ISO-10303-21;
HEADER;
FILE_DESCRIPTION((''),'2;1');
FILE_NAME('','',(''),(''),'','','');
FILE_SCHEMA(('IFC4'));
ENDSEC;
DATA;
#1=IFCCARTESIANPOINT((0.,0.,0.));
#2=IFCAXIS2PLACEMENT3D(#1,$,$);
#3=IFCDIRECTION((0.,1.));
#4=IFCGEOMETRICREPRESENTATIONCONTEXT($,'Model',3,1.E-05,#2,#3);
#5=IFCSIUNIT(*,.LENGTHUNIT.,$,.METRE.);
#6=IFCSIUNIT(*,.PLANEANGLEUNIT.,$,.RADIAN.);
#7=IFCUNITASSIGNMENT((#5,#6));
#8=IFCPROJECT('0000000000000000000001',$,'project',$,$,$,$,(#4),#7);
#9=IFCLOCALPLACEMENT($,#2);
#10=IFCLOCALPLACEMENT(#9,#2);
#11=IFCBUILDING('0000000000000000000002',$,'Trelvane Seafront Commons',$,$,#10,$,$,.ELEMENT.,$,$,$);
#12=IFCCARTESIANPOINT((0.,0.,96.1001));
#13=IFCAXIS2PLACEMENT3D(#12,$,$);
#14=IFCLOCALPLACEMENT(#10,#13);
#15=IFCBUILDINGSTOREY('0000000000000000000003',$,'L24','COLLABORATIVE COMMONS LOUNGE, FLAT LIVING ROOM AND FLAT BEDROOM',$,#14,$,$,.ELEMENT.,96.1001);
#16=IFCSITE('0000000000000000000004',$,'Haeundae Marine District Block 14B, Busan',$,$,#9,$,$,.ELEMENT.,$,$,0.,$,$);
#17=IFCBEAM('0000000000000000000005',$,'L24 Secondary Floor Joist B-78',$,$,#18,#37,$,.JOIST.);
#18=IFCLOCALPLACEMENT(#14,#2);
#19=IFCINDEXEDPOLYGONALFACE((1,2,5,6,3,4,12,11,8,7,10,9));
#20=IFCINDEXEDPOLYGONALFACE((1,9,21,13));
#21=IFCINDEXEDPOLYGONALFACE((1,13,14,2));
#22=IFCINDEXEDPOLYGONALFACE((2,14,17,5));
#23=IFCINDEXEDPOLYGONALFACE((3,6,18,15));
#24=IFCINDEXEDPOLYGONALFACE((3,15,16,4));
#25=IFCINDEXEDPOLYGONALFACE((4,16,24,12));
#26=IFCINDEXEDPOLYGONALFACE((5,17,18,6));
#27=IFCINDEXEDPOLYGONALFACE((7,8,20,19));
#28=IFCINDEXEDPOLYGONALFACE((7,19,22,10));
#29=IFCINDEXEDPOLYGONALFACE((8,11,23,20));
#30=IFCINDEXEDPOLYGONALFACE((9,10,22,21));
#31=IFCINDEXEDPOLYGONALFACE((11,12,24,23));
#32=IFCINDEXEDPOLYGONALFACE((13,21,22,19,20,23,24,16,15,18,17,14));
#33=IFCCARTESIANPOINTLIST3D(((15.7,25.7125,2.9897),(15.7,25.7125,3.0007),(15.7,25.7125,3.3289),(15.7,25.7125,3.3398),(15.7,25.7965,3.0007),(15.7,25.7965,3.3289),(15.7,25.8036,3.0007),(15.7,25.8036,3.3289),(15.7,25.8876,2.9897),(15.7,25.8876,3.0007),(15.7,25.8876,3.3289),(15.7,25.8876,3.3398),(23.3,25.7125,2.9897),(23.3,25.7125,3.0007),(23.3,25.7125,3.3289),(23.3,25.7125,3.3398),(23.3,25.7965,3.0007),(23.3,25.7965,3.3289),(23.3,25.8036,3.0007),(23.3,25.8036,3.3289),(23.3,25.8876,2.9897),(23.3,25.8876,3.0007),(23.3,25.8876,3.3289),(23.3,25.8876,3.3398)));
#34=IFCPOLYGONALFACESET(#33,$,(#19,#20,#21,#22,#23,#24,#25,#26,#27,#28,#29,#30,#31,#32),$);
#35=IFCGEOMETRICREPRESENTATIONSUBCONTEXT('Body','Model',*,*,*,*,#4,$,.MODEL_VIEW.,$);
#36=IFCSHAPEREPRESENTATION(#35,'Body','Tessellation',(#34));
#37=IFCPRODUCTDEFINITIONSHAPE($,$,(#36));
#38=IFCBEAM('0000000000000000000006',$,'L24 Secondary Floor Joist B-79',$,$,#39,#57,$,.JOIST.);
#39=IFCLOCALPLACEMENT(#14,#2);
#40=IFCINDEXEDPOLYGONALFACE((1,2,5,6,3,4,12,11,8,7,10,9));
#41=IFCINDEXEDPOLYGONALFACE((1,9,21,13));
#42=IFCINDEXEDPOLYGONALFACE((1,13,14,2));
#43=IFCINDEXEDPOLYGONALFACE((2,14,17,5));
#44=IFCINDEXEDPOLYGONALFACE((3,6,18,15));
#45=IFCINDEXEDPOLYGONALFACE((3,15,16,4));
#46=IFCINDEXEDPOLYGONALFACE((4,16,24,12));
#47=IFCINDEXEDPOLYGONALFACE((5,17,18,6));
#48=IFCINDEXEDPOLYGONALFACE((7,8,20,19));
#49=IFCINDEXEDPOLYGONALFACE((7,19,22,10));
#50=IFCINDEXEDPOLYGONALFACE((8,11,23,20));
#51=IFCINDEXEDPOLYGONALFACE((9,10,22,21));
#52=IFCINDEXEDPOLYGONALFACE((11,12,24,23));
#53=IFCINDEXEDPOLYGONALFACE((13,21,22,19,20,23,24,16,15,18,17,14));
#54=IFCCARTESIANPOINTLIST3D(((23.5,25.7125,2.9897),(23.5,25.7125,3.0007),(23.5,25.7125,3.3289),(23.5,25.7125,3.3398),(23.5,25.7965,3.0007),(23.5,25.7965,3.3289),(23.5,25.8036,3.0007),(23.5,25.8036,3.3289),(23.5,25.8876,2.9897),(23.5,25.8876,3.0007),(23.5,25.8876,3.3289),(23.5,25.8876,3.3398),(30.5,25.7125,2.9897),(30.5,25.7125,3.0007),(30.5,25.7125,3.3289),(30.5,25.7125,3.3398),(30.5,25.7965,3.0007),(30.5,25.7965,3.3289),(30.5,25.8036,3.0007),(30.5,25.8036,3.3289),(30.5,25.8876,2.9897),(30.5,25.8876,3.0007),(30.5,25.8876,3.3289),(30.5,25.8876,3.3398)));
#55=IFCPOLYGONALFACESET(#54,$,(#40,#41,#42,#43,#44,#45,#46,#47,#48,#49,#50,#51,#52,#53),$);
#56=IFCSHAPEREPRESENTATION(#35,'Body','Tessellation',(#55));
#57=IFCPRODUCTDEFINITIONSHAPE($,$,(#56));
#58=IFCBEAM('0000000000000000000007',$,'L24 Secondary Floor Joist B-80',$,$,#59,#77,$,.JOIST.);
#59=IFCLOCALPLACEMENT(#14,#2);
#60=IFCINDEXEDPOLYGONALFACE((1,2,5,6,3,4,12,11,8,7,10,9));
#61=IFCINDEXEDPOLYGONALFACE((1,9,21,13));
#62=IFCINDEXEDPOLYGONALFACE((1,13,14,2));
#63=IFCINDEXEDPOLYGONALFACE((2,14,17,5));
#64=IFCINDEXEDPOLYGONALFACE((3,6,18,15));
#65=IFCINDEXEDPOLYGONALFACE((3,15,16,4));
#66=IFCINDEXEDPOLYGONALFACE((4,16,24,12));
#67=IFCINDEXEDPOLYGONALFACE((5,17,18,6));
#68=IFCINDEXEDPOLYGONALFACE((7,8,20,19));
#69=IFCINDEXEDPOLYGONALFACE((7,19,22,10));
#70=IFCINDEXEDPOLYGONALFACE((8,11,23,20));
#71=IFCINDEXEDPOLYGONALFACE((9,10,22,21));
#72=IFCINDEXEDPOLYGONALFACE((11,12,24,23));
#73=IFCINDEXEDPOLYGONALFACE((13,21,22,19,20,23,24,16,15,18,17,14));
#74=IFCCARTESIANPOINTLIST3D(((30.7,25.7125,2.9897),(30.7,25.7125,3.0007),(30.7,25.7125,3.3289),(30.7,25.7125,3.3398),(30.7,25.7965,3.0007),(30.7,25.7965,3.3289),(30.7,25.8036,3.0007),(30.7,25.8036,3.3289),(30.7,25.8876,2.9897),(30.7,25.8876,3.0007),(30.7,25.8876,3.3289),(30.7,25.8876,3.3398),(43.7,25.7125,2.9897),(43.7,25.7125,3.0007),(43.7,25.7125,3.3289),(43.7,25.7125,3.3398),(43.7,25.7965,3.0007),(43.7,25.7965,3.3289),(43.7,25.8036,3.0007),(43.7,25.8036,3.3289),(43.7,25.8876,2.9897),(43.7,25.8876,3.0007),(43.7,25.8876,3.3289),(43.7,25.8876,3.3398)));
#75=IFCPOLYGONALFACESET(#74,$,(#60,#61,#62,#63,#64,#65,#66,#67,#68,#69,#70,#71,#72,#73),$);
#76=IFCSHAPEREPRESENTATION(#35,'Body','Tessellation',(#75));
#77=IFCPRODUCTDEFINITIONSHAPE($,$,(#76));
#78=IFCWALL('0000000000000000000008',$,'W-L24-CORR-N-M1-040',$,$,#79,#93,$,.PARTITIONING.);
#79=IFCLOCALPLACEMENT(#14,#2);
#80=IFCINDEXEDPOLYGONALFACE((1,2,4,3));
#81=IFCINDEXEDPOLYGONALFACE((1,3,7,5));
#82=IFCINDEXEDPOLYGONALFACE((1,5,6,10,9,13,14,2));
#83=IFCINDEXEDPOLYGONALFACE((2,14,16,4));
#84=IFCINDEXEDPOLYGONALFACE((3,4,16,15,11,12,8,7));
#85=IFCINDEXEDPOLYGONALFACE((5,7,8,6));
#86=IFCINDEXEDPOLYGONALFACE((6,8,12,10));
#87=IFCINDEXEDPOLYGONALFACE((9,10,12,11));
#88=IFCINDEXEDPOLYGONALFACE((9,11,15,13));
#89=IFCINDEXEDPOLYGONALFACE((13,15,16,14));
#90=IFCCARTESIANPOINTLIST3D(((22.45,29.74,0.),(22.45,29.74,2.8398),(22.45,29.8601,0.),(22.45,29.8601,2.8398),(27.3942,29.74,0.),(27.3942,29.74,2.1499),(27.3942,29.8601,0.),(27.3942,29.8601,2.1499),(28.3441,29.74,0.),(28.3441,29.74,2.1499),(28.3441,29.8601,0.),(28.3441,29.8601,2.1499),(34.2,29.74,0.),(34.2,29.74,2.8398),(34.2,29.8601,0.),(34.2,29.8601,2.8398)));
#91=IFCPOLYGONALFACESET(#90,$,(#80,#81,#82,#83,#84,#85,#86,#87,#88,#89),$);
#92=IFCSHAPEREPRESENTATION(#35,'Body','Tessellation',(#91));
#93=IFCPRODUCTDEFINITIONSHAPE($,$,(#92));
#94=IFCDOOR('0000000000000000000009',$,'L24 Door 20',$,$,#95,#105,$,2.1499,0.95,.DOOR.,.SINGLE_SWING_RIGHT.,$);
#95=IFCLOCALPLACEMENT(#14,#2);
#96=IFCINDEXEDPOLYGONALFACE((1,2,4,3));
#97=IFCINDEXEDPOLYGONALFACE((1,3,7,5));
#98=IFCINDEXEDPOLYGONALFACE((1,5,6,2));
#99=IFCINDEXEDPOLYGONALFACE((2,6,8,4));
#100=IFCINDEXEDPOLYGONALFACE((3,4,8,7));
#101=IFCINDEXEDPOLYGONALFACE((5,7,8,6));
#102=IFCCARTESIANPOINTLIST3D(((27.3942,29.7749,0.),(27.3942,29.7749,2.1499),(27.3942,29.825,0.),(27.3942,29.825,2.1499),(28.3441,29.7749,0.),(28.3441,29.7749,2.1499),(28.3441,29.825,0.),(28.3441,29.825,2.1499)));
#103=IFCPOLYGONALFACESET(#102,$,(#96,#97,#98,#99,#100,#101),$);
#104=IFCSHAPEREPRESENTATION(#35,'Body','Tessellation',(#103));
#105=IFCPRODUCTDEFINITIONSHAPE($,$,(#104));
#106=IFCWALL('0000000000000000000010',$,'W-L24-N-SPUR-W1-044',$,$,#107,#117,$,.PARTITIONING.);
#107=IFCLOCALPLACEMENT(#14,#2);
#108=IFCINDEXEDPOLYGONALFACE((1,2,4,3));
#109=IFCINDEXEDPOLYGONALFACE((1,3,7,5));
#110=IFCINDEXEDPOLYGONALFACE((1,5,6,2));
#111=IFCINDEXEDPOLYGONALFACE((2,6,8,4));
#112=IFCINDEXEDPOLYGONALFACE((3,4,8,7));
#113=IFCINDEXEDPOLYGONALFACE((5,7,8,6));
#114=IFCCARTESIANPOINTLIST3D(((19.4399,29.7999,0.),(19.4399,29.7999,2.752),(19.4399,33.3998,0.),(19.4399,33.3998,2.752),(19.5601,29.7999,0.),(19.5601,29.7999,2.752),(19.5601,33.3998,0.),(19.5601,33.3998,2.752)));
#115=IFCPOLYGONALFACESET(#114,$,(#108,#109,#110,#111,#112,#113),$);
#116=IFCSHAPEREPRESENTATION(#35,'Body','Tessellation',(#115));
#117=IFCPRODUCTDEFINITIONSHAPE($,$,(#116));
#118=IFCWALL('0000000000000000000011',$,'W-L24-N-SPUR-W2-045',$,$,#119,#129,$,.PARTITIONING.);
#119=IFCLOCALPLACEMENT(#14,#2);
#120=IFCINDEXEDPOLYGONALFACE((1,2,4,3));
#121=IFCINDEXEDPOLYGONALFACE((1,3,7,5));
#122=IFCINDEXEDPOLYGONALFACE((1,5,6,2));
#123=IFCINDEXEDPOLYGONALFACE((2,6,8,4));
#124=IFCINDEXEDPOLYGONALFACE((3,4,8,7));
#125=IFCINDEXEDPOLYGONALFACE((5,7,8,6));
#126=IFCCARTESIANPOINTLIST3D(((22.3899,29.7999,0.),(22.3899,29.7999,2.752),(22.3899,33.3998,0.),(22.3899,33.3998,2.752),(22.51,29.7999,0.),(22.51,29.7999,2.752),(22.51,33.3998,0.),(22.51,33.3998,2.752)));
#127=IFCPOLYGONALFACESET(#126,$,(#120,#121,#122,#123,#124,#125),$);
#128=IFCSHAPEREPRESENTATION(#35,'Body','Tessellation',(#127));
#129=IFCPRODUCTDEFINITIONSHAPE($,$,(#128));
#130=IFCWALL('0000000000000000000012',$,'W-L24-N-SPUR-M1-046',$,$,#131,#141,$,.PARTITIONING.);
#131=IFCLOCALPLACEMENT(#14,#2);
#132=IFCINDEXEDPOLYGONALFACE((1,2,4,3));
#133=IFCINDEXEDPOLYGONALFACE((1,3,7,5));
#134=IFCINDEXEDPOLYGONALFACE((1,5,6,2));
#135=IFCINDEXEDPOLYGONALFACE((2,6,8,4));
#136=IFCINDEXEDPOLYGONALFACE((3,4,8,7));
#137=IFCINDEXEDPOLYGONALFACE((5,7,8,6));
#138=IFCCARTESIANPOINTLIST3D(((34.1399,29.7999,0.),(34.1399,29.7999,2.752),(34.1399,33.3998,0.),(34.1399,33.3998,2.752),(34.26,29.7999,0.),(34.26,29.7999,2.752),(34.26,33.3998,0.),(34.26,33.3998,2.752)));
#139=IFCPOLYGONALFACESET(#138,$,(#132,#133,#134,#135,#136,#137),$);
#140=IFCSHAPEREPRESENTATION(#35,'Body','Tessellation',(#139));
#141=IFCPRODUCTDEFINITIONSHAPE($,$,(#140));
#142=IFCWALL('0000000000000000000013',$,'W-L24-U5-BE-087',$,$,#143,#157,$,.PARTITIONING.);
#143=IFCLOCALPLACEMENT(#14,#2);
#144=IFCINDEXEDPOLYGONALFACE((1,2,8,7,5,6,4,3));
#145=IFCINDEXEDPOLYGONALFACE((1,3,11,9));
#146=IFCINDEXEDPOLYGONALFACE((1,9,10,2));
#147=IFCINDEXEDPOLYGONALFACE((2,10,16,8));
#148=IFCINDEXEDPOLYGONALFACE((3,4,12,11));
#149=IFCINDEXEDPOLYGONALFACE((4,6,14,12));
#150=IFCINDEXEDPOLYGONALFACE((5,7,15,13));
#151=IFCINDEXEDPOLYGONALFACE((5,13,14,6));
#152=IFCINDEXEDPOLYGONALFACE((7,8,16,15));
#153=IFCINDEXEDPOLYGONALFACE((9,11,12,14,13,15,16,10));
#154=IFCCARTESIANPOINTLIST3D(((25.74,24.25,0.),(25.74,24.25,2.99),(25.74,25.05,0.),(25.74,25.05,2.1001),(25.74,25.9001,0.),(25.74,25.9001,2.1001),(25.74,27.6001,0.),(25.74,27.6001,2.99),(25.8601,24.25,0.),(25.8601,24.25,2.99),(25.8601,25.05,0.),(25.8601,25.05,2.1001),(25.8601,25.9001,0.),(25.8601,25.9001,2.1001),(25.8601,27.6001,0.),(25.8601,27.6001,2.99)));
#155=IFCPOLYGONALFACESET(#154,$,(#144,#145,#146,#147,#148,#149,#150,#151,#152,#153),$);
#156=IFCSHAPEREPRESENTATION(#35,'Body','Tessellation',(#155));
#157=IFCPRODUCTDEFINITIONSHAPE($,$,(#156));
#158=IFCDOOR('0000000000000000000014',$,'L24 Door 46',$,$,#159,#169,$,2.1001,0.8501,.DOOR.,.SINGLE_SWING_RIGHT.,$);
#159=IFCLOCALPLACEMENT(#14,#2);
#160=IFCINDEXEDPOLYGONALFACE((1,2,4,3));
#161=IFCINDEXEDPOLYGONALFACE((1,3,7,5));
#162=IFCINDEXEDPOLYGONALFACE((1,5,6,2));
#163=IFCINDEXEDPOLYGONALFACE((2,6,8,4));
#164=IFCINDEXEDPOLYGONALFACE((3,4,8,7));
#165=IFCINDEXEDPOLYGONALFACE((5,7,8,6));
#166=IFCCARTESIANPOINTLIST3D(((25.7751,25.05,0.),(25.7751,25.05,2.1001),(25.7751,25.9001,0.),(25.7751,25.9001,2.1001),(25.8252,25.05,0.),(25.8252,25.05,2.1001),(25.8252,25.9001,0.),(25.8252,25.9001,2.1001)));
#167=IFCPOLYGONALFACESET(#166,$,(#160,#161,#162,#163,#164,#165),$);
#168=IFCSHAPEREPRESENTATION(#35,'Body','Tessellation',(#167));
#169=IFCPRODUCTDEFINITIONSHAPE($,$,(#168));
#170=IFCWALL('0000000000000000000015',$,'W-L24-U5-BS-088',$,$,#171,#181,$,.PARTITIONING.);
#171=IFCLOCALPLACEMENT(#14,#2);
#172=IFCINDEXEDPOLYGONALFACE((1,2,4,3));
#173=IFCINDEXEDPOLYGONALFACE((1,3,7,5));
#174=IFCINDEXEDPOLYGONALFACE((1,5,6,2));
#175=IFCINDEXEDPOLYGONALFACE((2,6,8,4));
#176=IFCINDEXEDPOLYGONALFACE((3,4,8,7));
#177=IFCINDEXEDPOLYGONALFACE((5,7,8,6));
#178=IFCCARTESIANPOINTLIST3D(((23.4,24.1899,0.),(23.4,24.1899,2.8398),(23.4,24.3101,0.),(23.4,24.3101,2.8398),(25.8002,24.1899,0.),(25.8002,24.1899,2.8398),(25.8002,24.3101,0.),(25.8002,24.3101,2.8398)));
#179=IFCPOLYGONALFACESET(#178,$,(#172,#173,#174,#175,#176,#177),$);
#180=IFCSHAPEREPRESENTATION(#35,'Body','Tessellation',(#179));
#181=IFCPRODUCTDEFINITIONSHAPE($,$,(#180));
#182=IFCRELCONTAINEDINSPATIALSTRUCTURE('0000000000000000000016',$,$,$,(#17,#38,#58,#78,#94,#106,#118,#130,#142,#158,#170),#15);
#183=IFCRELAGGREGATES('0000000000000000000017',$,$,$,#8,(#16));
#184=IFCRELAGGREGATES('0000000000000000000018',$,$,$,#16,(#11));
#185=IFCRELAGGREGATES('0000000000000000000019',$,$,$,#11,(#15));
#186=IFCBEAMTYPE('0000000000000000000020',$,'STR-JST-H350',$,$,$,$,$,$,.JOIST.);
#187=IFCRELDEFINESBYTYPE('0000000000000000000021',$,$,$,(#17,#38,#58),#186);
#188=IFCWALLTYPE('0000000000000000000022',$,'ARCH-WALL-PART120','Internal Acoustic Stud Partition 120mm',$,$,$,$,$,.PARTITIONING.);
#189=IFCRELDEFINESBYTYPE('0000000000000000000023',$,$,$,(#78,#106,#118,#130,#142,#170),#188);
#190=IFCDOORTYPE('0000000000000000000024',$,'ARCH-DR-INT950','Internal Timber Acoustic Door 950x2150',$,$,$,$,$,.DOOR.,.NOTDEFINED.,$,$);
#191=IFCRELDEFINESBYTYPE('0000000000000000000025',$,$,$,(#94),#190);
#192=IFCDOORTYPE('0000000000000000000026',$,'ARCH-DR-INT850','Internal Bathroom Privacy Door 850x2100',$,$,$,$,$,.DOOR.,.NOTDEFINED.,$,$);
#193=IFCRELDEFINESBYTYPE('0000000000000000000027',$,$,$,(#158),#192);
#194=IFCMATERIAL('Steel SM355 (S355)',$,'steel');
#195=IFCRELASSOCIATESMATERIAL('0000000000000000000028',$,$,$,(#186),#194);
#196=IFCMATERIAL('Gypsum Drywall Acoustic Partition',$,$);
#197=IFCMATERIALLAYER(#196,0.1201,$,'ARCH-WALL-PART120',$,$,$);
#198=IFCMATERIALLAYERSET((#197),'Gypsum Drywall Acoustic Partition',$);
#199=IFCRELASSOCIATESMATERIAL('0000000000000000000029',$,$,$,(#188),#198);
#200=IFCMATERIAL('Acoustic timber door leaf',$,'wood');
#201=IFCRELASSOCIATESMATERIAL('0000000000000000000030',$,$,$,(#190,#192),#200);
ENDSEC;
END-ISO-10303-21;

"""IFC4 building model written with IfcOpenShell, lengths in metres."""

from ifc_helpers import new_model, si_unit, direction, frame, frame_2d, origin, origin_2d, place, context, subcontext, project, spatial, rectangle, i_section, extrude, source, transform, mapped, material, layer, layer_set, material_profile, profile_set, type_object, element, fill, save


model = new_model("IFC4")

# Units and contexts
model_context = context("Model", 3, precision=1e-05, world=origin(), true_north=direction((0.0, 1.0)))
body_context = subcontext(model_context, "Body", "Model", "MODEL_VIEW")
ifc_project = project(units=[si_unit("LENGTHUNIT", "METRE"), si_unit("PLANEANGLEUNIT", "RADIAN")], contexts=[model_context])

# Site, building, storey
site_placement = place(None, origin())
site = spatial("IfcSite", under=ifc_project, at=site_placement, Name="Haeundae Marine District Block 14B, Busan", CompositionType="ELEMENT", RefElevation=0.0)
building_placement = place(site_placement, origin())
building = spatial("IfcBuilding", under=site, at=building_placement, Name="Trelvane Seafront Commons", CompositionType="ELEMENT")
storey_placement = place(building_placement, frame((0.0, 0.0, 96.1001)))
storey = spatial("IfcBuildingStorey", under=building, at=storey_placement, Name="L24", Description="COLLABORATIVE COMMONS LOUNGE, FLAT LIVING ROOM AND FLAT BEDROOM", CompositionType="ELEMENT", Elevation=96.1001)

# Beams
ifc_material_1 = material(Name="Steel SM355 (S355)", Category="steel")
ifc_material_profile = material_profile(ifc_material_1, i_section(OverallWidth=0.175, OverallDepth=0.3501, WebThickness=0.0071, FlangeThickness=0.011, at=origin_2d()), Name="H-350x175x7x11")
ifc_profile_set = profile_set([ifc_material_profile], Name="Steel SM355 (S355)")
beam_type = type_object("IfcBeamType", Name="STR-JST-H350", PredefinedType="JOIST", material=ifc_profile_set)
shared_shape_1 = source(origin(), body_context, "Body", "SweptSolid", [
    extrude(i_section(OverallWidth=0.175, OverallDepth=0.3501, WebThickness=0.0071, FlangeThickness=0.011, at=origin_2d()), origin(), (0.0, 0.0, 1.0), 7.6001),
])
beam_1_placement = place(storey_placement, frame((15.7, 25.8, 3.1648), z_axis=(1.0, 0.0, 0.0), x_axis=(0.0, 1.0, 0.0)))
element("IfcBeam", 1, at=beam_1_placement, inside=storey, type_object=beam_type, Name="L24 Secondary Floor Joist B-78", PredefinedType="JOIST", context=body_context, shape_type="MappedRepresentation", body=[
    mapped(shared_shape_1, transform((0.0, 0.0, 0.0), x_axis=(1.0, 0.0, 0.0), y_axis=(0.0, 1.0, 0.0), z_axis=(0.0, 0.0, 1.0), scale=1.0)),
])
shared_shape_2 = source(origin(), body_context, "Body", "SweptSolid", [
    extrude(i_section(OverallWidth=0.175, OverallDepth=0.3501, WebThickness=0.0071, FlangeThickness=0.011, at=origin_2d()), origin(), (0.0, 0.0, 1.0), 7.0),
])
beam_2_placement = place(storey_placement, frame((23.5, 25.8, 3.1648), z_axis=(1.0, 0.0, 0.0), x_axis=(0.0, 1.0, 0.0)))
element("IfcBeam", 2, at=beam_2_placement, inside=storey, type_object=beam_type, Name="L24 Secondary Floor Joist B-79", PredefinedType="JOIST", context=body_context, shape_type="MappedRepresentation", body=[
    mapped(shared_shape_2, transform((0.0, 0.0, 0.0), x_axis=(1.0, 0.0, 0.0), y_axis=(0.0, 1.0, 0.0), z_axis=(0.0, 0.0, 1.0), scale=1.0)),
])
shared_shape_3 = source(origin(), body_context, "Body", "SweptSolid", [
    extrude(i_section(OverallWidth=0.175, OverallDepth=0.3501, WebThickness=0.0071, FlangeThickness=0.011, at=origin_2d()), origin(), (0.0, 0.0, 1.0), 13.0),
])
beam_3_placement = place(storey_placement, frame((30.7, 25.8, 3.1648), z_axis=(1.0, 0.0, 0.0), x_axis=(0.0, 1.0, 0.0)))
element("IfcBeam", 3, at=beam_3_placement, inside=storey, type_object=beam_type, Name="L24 Secondary Floor Joist B-80", PredefinedType="JOIST", context=body_context, shape_type="MappedRepresentation", body=[
    mapped(shared_shape_3, transform((0.0, 0.0, 0.0), x_axis=(1.0, 0.0, 0.0), y_axis=(0.0, 1.0, 0.0), z_axis=(0.0, 0.0, 1.0), scale=1.0)),
])

# Wall, opening, door
ifc_material_2 = material(Name="Gypsum Drywall Acoustic Partition")
ifc_layer_1 = layer(ifc_material_2, 0.1201, Name="ARCH-WALL-PART120")
ifc_layer_set_1 = layer_set([ifc_layer_1], Name="Gypsum Drywall Acoustic Partition")
wall_type_1 = type_object("IfcWallType", Name="ARCH-WALL-PART120", Description="Internal Acoustic Stud Partition 120mm", PredefinedType="PARTITIONING", material=ifc_layer_set_1)
wall_1_placement = place(storey_placement, frame((22.45, 29.8, 0.0), z_axis=(0.0, 0.0, 1.0), x_axis=(1.0, 0.0, 0.0)))
wall_1 = element("IfcWall", 4, at=wall_1_placement, inside=storey, type_object=wall_type_1, Name="W-L24-CORR-N-M1-040", PredefinedType="PARTITIONING", context=body_context, shape_type="SweptSolid", body=[
    extrude(rectangle(XDim=11.75, YDim=0.1201, at=frame_2d((5.875, 0.0))), origin(), (0.0, 0.0, 1.0), 2.8398),
])
opening_1_placement = place(wall_1_placement, frame((4.9441, 0.0, 0.0)))
opening_1 = element("IfcOpeningElement", 5, at=opening_1_placement, cuts=wall_1, PredefinedType="OPENING", context=body_context, shape_type="SweptSolid", body=[
    extrude(rectangle(XDim=0.95, YDim=2.1499, at=frame_2d((0.4751, 1.075))), frame((0.0, 0.0701, 0.0), z_axis=(0.0, -1.0, 0.0), x_axis=(1.0, 0.0, 0.0)), (0.0, 0.0, 1.0), 0.1401),
])
ifc_material_3 = material(Name="Acoustic timber door leaf", Category="wood")
door_type_1 = type_object("IfcDoorType", Name="ARCH-DR-INT950", Description="Internal Timber Acoustic Door 950x2150", OperationType="NOTDEFINED", PredefinedType="DOOR", material=ifc_material_3)
shared_shape_4 = source(origin(), body_context, "Body", "SweptSolid", [
    extrude(rectangle(XDim=0.95, YDim=2.1499, at=frame_2d((0.4751, 1.075))), frame((0.0, 0.0249, 0.0), z_axis=(0.0, -1.0, 0.0), x_axis=(1.0, 0.0, 0.0)), (0.0, 0.0, 1.0), 0.05),
])
door_1_placement = place(opening_1_placement, origin())
door_1 = element("IfcDoor", 6, at=door_1_placement, inside=storey, type_object=door_type_1, Name="L24 Door 20", OperationType="SINGLE_SWING_RIGHT", OverallHeight=2.1499, OverallWidth=0.95, PredefinedType="DOOR", context=body_context, shape_type="MappedRepresentation", body=[
    mapped(shared_shape_4, transform((0.0, 0.0, 0.0), x_axis=(1.0, 0.0, 0.0), y_axis=(0.0, 1.0, 0.0), z_axis=(0.0, 0.0, 1.0), scale=1.0)),
])
fill(opening_1, door_1)

# Walls
for number, where, z_axis, x_axis, name in (
    (7, (19.5, 29.8, 0.0), (0.0, 0.0, 1.0), (0.0, 1.0, 0.0), "W-L24-N-SPUR-W1-044"),
    (8, (22.45, 29.8, 0.0), (0.0, 0.0, 1.0), (0.0, 1.0, 0.0), "W-L24-N-SPUR-W2-045"),
    (9, (34.2, 29.8, 0.0), (0.0, 0.0, 1.0), (0.0, 1.0, 0.0), "W-L24-N-SPUR-M1-046"),
):
    element("IfcWall", number, at=place(storey_placement, frame(where, z_axis=z_axis, x_axis=x_axis)), inside=storey, type_object=wall_type_1, Name=name, PredefinedType="PARTITIONING", context=body_context, shape_type="SweptSolid", body=[
        extrude(rectangle(XDim=3.5999, YDim=0.1201, at=frame_2d((1.7998, 0.0))), origin(), (0.0, 0.0, 1.0), 2.752),
    ])

# Wall, opening, door
wall_2_placement = place(storey_placement, frame((25.8, 24.25, 0.0), z_axis=(0.0, 0.0, 1.0), x_axis=(0.0, 1.0, 0.0)))
wall_2 = element("IfcWall", 10, at=wall_2_placement, inside=storey, type_object=wall_type_1, Name="W-L24-U5-BE-087", PredefinedType="PARTITIONING", context=body_context, shape_type="SweptSolid", body=[
    extrude(rectangle(XDim=3.3501, YDim=0.1201, at=frame_2d((1.675, 0.0))), origin(), (0.0, 0.0, 1.0), 2.99),
])
opening_2_placement = place(wall_2_placement, frame((0.8, 0.0, 0.0)))
opening_2 = element("IfcOpeningElement", 11, at=opening_2_placement, cuts=wall_2, PredefinedType="OPENING", context=body_context, shape_type="SweptSolid", body=[
    extrude(rectangle(XDim=0.8501, YDim=2.1001, at=frame_2d((0.425, 1.05))), frame((0.0, 0.0701, 0.0), z_axis=(0.0, -1.0, 0.0), x_axis=(1.0, 0.0, 0.0)), (0.0, 0.0, 1.0), 0.1401),
])
door_type_2 = type_object("IfcDoorType", Name="ARCH-DR-INT850", Description="Internal Bathroom Privacy Door 850x2100", OperationType="NOTDEFINED", PredefinedType="DOOR", material=ifc_material_3)
shared_shape_5 = source(origin(), body_context, "Body", "SweptSolid", [
    extrude(rectangle(XDim=0.8501, YDim=2.1001, at=frame_2d((0.425, 1.05))), frame((0.0, 0.0249, 0.0), z_axis=(0.0, -1.0, 0.0), x_axis=(1.0, 0.0, 0.0)), (0.0, 0.0, 1.0), 0.05),
])
door_2_placement = place(opening_2_placement, origin())
door_2 = element("IfcDoor", 12, at=door_2_placement, inside=storey, type_object=door_type_2, Name="L24 Door 46", OperationType="SINGLE_SWING_RIGHT", OverallHeight=2.1001, OverallWidth=0.8501, PredefinedType="DOOR", context=body_context, shape_type="MappedRepresentation", body=[
    mapped(shared_shape_5, transform((0.0, 0.0, 0.0), x_axis=(1.0, 0.0, 0.0), y_axis=(0.0, 1.0, 0.0), z_axis=(0.0, 0.0, 1.0), scale=1.0)),
])
fill(opening_2, door_2)

# Wall
wall_3_placement = place(storey_placement, frame((23.3999, 24.25, 0.0), z_axis=(0.0, 0.0, 1.0), x_axis=(1.0, 0.0, 0.0)))
element("IfcWall", 13, at=wall_3_placement, inside=storey, type_object=wall_type_1, Name="W-L24-U5-BS-088", PredefinedType="PARTITIONING", context=body_context, shape_type="SweptSolid", body=[
    extrude(rectangle(XDim=2.4001, YDim=0.1201, at=frame_2d((1.2002, 0.0))), origin(), (0.0, 0.0, 1.0), 2.8398),
])

save(model, "model.ifc")
